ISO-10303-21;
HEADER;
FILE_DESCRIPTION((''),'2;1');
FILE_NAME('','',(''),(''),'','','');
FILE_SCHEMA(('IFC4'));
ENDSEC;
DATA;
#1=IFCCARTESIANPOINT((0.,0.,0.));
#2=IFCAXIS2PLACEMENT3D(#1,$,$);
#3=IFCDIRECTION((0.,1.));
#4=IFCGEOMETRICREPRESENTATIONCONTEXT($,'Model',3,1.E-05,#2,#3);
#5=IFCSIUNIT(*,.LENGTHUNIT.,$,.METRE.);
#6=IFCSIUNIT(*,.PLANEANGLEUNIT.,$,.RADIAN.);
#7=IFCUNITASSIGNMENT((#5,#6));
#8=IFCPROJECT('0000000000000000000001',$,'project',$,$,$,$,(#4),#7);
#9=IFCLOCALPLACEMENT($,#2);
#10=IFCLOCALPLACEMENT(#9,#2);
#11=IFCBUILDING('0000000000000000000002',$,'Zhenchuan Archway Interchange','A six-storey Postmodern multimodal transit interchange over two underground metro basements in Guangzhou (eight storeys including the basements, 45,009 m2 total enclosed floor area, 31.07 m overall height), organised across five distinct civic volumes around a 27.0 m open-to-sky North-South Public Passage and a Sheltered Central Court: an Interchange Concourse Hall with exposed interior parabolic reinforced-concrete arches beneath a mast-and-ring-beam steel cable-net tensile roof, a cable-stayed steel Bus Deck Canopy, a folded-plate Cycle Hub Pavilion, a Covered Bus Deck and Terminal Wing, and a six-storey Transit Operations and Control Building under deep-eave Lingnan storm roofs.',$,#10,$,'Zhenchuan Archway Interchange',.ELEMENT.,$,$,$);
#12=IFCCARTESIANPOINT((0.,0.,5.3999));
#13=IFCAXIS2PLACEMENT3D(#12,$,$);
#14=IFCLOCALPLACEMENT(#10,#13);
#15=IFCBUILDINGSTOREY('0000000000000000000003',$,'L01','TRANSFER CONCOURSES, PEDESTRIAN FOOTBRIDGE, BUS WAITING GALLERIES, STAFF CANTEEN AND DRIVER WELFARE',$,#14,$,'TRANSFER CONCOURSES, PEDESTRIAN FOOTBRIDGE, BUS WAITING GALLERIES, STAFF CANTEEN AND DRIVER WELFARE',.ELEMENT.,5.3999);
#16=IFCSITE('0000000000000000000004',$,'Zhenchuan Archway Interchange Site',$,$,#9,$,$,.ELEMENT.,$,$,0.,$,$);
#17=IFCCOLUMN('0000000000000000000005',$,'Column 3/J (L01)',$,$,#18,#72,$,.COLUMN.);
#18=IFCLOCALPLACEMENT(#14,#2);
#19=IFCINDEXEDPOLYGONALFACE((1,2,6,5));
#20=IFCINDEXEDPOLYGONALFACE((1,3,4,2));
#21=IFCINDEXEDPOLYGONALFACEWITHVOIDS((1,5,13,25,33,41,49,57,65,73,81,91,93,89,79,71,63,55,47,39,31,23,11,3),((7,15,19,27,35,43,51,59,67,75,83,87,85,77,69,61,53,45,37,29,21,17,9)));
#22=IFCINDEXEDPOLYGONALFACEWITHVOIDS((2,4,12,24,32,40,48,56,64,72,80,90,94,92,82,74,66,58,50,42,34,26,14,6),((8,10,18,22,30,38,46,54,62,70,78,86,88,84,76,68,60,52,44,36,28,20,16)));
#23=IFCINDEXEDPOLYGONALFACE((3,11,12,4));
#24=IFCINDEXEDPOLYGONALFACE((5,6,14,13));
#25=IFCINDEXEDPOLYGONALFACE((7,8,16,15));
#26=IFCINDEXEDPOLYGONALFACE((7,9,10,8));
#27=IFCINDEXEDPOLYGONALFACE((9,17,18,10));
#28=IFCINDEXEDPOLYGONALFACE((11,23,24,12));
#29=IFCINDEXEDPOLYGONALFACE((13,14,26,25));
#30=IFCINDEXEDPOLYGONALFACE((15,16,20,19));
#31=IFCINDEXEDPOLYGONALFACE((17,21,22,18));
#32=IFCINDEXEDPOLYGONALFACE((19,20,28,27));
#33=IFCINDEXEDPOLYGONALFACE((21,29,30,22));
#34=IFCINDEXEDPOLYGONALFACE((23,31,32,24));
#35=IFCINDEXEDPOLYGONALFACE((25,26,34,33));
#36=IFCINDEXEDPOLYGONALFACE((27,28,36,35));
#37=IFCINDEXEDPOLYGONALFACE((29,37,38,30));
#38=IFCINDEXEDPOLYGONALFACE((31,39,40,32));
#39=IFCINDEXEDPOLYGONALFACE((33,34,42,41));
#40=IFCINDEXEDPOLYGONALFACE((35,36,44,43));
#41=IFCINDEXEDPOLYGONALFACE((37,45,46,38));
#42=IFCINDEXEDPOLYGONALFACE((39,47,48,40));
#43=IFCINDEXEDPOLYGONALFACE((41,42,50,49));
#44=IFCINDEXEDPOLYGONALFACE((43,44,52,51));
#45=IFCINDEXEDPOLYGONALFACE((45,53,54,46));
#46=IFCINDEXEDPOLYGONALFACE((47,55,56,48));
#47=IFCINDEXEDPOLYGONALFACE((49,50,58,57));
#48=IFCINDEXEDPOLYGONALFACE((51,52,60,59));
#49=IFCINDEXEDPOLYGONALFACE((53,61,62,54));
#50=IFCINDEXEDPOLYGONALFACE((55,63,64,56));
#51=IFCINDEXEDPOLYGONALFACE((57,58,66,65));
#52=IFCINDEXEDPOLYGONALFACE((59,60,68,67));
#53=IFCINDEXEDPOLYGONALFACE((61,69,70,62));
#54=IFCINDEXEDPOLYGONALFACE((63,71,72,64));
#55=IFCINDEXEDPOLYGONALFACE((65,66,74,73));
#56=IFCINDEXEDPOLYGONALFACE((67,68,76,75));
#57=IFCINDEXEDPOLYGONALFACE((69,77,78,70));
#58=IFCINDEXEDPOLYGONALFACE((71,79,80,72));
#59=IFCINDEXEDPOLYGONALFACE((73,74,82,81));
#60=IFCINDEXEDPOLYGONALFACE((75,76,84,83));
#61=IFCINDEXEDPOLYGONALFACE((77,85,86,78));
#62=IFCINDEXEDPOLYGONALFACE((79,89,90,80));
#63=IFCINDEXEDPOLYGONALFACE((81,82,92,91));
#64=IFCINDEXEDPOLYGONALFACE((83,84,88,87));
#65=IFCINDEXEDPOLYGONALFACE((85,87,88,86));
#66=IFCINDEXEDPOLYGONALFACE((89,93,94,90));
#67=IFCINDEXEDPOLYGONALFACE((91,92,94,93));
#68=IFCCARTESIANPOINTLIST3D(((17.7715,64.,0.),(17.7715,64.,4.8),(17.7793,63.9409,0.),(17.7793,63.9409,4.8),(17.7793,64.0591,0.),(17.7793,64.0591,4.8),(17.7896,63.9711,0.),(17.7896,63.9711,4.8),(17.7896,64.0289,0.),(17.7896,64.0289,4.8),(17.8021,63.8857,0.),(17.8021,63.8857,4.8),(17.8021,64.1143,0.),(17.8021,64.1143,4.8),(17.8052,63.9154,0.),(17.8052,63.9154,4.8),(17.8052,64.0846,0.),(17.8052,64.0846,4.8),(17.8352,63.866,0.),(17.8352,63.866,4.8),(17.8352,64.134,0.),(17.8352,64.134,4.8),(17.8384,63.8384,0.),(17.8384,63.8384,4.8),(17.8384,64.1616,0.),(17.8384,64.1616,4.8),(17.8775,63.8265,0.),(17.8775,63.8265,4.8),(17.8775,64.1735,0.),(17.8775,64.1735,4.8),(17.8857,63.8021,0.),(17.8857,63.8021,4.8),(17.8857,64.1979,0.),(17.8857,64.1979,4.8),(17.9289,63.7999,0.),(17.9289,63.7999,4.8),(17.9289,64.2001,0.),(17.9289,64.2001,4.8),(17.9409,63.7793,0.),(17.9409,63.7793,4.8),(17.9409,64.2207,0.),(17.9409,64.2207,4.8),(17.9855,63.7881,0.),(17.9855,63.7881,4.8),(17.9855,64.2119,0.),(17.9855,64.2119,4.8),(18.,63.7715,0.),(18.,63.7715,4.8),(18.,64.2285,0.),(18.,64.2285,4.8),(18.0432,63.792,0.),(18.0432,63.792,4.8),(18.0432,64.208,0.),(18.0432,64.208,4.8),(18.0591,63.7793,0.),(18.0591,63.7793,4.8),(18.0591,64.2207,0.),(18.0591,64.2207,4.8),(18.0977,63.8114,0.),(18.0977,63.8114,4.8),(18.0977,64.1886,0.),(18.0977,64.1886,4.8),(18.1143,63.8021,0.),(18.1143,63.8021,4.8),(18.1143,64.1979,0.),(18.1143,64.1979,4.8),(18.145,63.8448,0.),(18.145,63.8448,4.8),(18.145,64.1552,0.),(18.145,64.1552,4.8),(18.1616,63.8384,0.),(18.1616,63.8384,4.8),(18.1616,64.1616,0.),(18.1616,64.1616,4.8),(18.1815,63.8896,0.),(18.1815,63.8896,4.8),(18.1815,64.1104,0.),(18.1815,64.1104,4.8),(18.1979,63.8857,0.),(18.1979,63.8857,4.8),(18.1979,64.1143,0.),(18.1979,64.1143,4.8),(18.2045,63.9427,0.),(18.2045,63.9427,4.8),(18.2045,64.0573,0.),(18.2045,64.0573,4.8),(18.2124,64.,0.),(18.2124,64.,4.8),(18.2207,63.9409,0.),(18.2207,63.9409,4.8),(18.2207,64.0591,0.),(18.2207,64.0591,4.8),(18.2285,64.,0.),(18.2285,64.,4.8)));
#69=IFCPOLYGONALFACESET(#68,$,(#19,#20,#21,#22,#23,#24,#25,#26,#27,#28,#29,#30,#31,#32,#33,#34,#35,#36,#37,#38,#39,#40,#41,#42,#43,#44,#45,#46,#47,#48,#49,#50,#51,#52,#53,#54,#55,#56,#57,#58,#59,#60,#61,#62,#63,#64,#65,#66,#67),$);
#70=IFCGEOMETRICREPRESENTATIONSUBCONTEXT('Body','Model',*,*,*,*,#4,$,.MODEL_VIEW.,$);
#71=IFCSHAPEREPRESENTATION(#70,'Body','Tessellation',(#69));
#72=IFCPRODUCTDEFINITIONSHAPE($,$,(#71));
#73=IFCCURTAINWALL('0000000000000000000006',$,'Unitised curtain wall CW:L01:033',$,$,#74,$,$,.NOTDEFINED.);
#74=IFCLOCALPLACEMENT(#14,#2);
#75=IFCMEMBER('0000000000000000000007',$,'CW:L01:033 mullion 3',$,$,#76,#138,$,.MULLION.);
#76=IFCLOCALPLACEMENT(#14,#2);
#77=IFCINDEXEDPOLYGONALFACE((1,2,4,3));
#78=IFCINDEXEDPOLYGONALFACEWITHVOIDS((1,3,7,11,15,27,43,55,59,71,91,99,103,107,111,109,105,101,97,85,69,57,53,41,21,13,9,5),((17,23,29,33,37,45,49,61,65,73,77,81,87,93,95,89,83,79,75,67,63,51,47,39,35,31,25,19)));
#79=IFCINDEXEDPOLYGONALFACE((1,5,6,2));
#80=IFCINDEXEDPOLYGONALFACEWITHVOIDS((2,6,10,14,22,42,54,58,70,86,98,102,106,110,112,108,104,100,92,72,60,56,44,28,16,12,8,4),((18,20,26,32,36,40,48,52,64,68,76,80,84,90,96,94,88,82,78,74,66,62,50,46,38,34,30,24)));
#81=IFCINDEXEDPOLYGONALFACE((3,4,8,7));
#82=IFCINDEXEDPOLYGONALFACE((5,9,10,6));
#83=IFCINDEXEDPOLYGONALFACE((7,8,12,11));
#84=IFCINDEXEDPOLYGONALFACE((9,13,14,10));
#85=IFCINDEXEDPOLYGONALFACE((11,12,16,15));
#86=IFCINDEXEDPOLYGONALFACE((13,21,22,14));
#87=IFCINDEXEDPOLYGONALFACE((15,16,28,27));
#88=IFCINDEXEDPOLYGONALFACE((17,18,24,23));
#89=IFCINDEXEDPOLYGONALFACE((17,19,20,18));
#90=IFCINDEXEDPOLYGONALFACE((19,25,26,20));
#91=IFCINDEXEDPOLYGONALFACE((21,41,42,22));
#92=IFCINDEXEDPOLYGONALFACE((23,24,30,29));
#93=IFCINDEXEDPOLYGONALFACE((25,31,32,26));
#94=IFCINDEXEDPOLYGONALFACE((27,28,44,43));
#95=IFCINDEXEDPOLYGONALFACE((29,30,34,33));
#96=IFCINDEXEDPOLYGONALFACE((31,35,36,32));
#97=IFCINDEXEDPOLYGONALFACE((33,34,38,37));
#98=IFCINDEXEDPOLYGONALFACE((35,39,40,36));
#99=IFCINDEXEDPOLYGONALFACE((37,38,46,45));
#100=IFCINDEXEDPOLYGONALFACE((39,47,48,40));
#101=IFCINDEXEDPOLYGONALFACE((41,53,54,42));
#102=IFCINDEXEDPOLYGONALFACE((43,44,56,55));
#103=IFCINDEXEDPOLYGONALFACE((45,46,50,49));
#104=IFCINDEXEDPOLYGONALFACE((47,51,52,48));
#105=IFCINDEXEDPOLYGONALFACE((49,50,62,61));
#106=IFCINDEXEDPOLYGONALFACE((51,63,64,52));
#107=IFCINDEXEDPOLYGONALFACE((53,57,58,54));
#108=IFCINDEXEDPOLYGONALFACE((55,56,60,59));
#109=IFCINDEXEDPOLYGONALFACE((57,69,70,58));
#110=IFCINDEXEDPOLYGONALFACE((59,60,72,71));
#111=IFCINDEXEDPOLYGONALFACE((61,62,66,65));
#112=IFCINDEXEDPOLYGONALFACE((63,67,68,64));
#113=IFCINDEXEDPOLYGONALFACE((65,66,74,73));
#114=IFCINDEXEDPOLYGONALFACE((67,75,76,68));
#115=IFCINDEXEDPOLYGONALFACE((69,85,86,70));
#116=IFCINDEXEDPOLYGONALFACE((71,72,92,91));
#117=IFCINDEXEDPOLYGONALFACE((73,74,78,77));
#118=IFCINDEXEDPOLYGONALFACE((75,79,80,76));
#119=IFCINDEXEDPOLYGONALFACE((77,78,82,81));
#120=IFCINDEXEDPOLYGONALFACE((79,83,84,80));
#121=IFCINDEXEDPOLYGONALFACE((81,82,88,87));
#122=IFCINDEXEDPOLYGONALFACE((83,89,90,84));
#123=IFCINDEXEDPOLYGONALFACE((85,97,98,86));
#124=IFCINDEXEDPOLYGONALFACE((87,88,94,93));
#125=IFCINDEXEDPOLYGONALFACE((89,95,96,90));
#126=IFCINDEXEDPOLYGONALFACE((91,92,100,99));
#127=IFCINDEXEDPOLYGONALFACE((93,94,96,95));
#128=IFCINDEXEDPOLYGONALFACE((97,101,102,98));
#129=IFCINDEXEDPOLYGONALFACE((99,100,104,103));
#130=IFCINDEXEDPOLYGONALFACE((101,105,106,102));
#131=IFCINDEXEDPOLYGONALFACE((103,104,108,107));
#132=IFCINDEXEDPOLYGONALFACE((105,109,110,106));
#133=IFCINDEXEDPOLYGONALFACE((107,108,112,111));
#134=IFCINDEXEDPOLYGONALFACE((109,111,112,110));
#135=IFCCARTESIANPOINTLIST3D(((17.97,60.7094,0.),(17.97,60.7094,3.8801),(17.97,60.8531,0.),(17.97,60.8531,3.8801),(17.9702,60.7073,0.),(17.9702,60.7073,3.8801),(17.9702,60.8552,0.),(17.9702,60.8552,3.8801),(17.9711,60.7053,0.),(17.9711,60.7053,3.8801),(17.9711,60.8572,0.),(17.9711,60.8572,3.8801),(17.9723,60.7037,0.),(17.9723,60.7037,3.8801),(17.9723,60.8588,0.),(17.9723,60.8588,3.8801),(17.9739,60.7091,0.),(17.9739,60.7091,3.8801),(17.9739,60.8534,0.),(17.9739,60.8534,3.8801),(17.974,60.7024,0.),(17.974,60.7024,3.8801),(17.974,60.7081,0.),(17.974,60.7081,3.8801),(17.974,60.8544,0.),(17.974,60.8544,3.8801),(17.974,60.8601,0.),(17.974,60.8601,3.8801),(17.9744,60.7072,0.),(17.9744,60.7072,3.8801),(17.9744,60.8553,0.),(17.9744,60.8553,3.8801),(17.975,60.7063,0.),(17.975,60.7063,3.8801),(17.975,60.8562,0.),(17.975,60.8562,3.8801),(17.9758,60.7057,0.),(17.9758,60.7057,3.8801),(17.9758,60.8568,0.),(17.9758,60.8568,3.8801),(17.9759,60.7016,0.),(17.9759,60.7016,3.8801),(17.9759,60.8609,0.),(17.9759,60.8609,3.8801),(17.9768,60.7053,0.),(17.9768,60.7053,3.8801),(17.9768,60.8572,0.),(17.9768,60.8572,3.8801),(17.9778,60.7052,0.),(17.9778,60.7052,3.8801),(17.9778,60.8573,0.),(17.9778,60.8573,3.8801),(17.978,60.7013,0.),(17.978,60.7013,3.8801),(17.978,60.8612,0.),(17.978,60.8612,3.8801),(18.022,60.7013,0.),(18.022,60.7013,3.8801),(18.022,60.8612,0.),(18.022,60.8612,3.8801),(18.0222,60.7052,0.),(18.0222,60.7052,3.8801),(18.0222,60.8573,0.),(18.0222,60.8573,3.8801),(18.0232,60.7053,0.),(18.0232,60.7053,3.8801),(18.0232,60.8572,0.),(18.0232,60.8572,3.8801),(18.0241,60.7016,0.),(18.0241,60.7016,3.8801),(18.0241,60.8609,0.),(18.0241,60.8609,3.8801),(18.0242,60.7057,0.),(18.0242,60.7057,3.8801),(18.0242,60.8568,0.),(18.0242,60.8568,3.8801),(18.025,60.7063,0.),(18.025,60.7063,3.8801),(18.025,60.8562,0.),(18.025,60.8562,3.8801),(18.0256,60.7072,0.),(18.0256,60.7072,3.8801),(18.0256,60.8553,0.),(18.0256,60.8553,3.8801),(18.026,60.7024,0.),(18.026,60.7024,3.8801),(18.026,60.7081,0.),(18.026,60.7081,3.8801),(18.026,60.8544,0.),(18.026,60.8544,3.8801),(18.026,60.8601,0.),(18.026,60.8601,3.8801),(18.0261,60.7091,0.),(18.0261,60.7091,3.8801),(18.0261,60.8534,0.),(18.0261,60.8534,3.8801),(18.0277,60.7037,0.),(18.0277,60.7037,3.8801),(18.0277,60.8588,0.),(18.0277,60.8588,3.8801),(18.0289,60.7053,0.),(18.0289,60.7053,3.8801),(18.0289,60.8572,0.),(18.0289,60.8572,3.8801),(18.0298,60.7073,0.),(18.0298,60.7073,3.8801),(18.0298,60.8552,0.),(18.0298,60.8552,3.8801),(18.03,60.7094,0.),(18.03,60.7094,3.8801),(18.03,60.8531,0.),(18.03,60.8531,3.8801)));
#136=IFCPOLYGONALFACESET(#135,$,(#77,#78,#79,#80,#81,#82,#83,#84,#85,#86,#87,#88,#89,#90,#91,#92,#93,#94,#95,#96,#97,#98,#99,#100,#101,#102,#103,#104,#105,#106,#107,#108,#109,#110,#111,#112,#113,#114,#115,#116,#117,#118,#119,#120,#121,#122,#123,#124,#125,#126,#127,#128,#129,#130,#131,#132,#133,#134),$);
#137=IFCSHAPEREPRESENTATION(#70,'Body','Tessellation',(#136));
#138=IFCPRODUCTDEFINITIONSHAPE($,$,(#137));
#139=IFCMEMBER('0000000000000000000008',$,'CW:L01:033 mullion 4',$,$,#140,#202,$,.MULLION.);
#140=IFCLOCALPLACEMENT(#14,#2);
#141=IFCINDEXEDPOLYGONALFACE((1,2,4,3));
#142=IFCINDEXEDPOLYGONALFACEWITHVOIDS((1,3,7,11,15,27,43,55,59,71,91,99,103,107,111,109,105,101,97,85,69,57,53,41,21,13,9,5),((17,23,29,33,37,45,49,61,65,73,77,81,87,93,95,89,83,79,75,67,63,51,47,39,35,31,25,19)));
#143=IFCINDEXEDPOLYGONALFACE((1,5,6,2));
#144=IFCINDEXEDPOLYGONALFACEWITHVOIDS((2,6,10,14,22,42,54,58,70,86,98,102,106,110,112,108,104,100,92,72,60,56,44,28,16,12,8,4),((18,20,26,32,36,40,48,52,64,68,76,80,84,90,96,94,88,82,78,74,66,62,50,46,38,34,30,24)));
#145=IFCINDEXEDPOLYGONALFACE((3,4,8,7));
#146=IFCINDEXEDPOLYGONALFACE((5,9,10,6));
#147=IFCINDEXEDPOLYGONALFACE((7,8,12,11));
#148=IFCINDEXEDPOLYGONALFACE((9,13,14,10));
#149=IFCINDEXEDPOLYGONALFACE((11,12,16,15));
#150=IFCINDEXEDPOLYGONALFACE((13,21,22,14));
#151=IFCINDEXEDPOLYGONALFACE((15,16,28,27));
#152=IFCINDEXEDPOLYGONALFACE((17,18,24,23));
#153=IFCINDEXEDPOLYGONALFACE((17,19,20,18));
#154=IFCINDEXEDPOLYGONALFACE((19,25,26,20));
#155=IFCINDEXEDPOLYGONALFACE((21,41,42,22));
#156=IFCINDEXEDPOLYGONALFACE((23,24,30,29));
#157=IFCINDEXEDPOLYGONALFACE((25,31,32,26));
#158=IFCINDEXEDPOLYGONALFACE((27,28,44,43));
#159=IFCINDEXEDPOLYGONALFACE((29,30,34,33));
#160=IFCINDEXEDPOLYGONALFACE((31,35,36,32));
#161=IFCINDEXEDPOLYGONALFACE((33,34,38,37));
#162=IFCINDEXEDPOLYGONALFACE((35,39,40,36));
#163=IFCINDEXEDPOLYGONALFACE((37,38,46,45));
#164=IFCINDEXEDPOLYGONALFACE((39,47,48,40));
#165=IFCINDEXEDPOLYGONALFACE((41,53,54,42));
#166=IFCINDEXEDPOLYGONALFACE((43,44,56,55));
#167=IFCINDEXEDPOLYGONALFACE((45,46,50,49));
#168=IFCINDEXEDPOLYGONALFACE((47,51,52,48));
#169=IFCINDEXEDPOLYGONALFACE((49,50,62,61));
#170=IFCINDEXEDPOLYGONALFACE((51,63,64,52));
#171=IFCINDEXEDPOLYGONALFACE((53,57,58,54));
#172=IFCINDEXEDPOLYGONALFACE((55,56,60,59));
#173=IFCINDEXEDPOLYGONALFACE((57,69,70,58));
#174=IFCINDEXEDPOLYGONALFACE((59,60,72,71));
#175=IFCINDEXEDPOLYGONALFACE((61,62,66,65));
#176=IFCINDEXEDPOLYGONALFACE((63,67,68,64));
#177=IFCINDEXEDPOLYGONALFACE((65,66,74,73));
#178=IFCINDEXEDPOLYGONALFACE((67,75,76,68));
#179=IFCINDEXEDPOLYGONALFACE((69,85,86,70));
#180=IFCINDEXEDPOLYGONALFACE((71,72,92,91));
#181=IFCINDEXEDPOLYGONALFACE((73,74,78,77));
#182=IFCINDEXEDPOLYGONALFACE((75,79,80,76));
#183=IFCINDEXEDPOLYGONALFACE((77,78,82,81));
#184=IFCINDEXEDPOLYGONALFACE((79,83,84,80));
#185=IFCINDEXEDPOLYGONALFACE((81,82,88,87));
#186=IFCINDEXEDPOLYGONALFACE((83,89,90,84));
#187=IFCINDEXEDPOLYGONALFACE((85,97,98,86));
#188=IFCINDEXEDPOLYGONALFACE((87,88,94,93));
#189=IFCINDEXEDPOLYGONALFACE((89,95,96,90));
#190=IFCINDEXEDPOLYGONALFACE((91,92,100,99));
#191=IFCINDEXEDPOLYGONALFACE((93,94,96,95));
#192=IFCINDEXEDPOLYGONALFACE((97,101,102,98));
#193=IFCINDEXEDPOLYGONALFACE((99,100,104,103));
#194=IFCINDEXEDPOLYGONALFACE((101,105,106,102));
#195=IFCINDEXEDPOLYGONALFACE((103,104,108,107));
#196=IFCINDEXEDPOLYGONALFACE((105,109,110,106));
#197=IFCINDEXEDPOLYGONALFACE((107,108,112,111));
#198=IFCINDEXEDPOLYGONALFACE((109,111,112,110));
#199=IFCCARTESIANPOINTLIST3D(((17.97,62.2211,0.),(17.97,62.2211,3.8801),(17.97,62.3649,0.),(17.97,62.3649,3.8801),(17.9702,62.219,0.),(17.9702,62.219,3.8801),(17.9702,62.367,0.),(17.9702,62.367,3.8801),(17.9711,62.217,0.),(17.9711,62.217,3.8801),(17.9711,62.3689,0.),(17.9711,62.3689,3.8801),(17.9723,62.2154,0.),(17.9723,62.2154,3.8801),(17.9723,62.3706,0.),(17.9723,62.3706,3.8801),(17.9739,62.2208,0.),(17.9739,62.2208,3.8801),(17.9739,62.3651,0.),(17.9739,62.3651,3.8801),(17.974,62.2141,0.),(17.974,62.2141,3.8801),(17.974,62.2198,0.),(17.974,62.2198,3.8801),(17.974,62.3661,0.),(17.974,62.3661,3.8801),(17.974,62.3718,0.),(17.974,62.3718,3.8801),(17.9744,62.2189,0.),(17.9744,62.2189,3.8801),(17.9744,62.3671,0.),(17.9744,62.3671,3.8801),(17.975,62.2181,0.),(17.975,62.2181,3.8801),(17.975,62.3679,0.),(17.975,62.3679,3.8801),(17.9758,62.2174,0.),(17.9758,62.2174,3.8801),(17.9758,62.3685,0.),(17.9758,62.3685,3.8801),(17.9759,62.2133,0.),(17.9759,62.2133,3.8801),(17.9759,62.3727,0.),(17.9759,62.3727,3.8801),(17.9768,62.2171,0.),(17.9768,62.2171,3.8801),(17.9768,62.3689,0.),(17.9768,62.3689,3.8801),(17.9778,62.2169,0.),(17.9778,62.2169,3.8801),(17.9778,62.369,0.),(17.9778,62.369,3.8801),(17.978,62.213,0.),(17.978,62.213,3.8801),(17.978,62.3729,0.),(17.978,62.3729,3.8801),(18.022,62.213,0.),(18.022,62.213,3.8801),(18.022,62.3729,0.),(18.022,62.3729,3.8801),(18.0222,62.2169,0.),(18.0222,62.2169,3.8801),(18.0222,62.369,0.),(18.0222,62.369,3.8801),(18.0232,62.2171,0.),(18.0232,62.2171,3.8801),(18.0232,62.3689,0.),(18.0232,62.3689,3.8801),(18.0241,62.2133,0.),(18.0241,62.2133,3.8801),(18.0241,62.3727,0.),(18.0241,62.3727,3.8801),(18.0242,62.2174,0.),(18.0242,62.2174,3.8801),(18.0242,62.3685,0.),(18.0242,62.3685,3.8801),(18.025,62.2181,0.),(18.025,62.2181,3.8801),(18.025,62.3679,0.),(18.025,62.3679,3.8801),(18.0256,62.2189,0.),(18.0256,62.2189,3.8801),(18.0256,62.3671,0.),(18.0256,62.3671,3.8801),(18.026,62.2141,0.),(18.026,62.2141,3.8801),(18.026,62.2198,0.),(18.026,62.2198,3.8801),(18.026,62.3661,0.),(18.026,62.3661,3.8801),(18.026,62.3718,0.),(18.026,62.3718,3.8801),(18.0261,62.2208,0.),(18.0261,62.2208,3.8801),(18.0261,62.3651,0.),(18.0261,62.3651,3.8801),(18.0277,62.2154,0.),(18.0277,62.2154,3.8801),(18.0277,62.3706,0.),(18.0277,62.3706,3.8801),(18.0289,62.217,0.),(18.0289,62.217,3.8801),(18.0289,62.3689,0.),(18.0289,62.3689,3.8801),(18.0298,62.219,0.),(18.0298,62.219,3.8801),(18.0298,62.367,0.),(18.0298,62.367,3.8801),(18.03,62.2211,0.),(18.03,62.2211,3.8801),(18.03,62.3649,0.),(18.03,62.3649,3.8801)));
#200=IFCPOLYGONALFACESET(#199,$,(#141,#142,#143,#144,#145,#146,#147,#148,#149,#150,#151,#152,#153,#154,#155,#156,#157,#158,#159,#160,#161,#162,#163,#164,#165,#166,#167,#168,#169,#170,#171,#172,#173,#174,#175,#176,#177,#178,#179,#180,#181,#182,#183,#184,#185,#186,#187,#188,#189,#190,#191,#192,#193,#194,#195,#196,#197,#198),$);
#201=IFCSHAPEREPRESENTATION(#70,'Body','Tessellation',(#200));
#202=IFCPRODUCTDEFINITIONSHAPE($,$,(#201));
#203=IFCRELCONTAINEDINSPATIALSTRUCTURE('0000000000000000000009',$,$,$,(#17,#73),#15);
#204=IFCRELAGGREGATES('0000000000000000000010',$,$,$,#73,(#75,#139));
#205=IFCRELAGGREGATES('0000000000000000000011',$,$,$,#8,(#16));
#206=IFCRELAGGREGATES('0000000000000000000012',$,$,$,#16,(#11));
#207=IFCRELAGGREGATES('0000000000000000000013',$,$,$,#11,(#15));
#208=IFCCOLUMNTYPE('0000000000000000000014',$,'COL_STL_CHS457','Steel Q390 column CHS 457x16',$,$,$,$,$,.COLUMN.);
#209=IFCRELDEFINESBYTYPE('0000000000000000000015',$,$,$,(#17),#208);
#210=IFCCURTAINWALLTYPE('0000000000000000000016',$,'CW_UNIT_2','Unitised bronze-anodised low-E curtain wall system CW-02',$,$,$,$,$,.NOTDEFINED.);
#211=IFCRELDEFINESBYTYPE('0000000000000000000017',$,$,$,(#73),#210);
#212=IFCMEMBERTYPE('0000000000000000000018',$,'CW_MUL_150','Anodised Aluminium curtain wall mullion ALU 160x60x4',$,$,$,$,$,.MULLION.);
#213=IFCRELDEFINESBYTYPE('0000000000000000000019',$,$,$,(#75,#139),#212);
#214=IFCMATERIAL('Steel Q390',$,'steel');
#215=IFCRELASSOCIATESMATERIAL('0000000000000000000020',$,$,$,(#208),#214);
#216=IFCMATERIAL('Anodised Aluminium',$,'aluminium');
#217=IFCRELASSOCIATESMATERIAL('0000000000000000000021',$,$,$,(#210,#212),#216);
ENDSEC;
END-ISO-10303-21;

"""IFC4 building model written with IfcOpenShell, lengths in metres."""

from ifc_helpers import new_model, si_unit, direction, frame, origin, origin_2d, place, context, subcontext, project, spatial, hollow_rectangle, hollow_circle, extrude, material, material_profile, profile_set, type_object, element, aggregate, save


model = new_model("IFC4")

# Units and contexts
model_context = context("Model", 3, precision=1e-05, world=origin(), true_north=direction((0.0, 1.0)))
body_context = subcontext(model_context, "Body", "Model", "MODEL_VIEW")
ifc_project = project(units=[si_unit("LENGTHUNIT", "METRE"), si_unit("PLANEANGLEUNIT", "RADIAN")], contexts=[model_context])

# Site, building, storey
site_placement = place(None, origin())
site = spatial("IfcSite", under=ifc_project, at=site_placement, Name="Zhenchuan Archway Interchange Site", CompositionType="ELEMENT", RefElevation=0.0)
building_placement = place(site_placement, origin())
building = spatial("IfcBuilding", under=site, at=building_placement, Name="Zhenchuan Archway Interchange", Description="A six-storey Postmodern multimodal transit interchange over two underground metro basements in Guangzhou (eight storeys including the basements, 45,009 m2 total enclosed floor area, 31.07 m overall height), organised across five distinct civic volumes around a 27.0 m open-to-sky North-South Public Passage and a Sheltered Central Court: an Interchange Concourse Hall with exposed interior parabolic reinforced-concrete arches beneath a mast-and-ring-beam steel cable-net tensile roof, a cable-stayed steel Bus Deck Canopy, a folded-plate Cycle Hub Pavilion, a Covered Bus Deck and Terminal Wing, and a six-storey Transit Operations and Control Building under deep-eave Lingnan storm roofs.", LongName="Zhenchuan Archway Interchange", CompositionType="ELEMENT")
storey_placement = place(building_placement, frame((0.0, 0.0, 5.3999)))
storey = spatial("IfcBuildingStorey", under=building, at=storey_placement, Name="L01", Description="TRANSFER CONCOURSES, PEDESTRIAN FOOTBRIDGE, BUS WAITING GALLERIES, STAFF CANTEEN AND DRIVER WELFARE", LongName="TRANSFER CONCOURSES, PEDESTRIAN FOOTBRIDGE, BUS WAITING GALLERIES, STAFF CANTEEN AND DRIVER WELFARE", CompositionType="ELEMENT", Elevation=5.3999)

# Column
ifc_material_1 = material(Name="Steel Q390", Category="steel")
ifc_material_profile_1 = material_profile(ifc_material_1, hollow_circle(Radius=0.2285, WallThickness=0.0161, at=origin_2d()), Name="CHS 457x16")
ifc_profile_set_1 = profile_set([ifc_material_profile_1], Name="Steel Q390")
column_type = type_object("IfcColumnType", Name="COL_STL_CHS457", Description="Steel Q390 column CHS 457x16", PredefinedType="COLUMN", material=ifc_profile_set_1)
column_placement = place(storey_placement, frame((18.0, 64.0, 0.0), z_axis=(0.0, 0.0, 1.0), x_axis=(1.0, 0.0, 0.0)))
element("IfcColumn", 1, at=column_placement, inside=storey, type_object=column_type, Name="Column 3/J (L01)", PredefinedType="COLUMN", context=body_context, shape_type="SweptSolid", body=[
    extrude(hollow_circle(Radius=0.2285, WallThickness=0.0161, at=origin_2d()), origin(), (0.0, 0.0, 1.0), 4.8),
])

# Curtain wall, members
ifc_material_2 = material(Name="Anodised Aluminium", Category="aluminium")
curtain_wall_type_1 = type_object("IfcCurtainWallType", Name="CW_UNIT_2", Description="Unitised bronze-anodised low-E curtain wall system CW-02", PredefinedType="NOTDEFINED", material=ifc_material_2)
curtain_wall_1_placement = place(storey_placement, origin())
curtain_wall_1 = element("IfcCurtainWall", 2, at=curtain_wall_1_placement, inside=storey, type_object=curtain_wall_type_1, Name="Unitised curtain wall CW:L01:033", PredefinedType="NOTDEFINED")
ifc_material_profile_2 = material_profile(ifc_material_2, hollow_rectangle(XDim=0.0601, YDim=0.1599, WallThickness=0.0039, InnerFilletRadius=0.0039, OuterFilletRadius=0.0081, at=origin_2d()), Name="ALU 160x60x4")
ifc_profile_set_2 = profile_set([ifc_material_profile_2], Name="Anodised Aluminium")
member_type_1 = type_object("IfcMemberType", Name="CW_MUL_150", Description="Anodised Aluminium curtain wall mullion ALU 160x60x4", PredefinedType="MULLION", material=ifc_profile_set_2)
member_1_placement = place(storey_placement, frame((18.0, 60.7812, 0.0), z_axis=(0.0, 0.0, 1.0), x_axis=(1.0, 0.0, 0.0)))
member_1 = element("IfcMember", 3, at=member_1_placement, type_object=member_type_1, Name="CW:L01:033 mullion 3", PredefinedType="MULLION", context=body_context, shape_type="SweptSolid", body=[
    extrude(hollow_rectangle(XDim=0.0601, YDim=0.1599, WallThickness=0.0039, InnerFilletRadius=0.0039, OuterFilletRadius=0.0081, at=origin_2d()), origin(), (0.0, 0.0, 1.0), 3.8801),
])
member_2_placement = place(storey_placement, frame((18.0, 62.293, 0.0), z_axis=(0.0, 0.0, 1.0), x_axis=(1.0, 0.0, 0.0)))
member_2 = element("IfcMember", 4, at=member_2_placement, type_object=member_type_1, Name="CW:L01:033 mullion 4", PredefinedType="MULLION", context=body_context, shape_type="SweptSolid", body=[
    extrude(hollow_rectangle(XDim=0.0601, YDim=0.1599, WallThickness=0.0039, InnerFilletRadius=0.0039, OuterFilletRadius=0.0081, at=origin_2d()), origin(), (0.0, 0.0, 1.0), 3.8801),
])

aggregate(curtain_wall_1, [member_1, member_2])

save(model, "model.ifc")
